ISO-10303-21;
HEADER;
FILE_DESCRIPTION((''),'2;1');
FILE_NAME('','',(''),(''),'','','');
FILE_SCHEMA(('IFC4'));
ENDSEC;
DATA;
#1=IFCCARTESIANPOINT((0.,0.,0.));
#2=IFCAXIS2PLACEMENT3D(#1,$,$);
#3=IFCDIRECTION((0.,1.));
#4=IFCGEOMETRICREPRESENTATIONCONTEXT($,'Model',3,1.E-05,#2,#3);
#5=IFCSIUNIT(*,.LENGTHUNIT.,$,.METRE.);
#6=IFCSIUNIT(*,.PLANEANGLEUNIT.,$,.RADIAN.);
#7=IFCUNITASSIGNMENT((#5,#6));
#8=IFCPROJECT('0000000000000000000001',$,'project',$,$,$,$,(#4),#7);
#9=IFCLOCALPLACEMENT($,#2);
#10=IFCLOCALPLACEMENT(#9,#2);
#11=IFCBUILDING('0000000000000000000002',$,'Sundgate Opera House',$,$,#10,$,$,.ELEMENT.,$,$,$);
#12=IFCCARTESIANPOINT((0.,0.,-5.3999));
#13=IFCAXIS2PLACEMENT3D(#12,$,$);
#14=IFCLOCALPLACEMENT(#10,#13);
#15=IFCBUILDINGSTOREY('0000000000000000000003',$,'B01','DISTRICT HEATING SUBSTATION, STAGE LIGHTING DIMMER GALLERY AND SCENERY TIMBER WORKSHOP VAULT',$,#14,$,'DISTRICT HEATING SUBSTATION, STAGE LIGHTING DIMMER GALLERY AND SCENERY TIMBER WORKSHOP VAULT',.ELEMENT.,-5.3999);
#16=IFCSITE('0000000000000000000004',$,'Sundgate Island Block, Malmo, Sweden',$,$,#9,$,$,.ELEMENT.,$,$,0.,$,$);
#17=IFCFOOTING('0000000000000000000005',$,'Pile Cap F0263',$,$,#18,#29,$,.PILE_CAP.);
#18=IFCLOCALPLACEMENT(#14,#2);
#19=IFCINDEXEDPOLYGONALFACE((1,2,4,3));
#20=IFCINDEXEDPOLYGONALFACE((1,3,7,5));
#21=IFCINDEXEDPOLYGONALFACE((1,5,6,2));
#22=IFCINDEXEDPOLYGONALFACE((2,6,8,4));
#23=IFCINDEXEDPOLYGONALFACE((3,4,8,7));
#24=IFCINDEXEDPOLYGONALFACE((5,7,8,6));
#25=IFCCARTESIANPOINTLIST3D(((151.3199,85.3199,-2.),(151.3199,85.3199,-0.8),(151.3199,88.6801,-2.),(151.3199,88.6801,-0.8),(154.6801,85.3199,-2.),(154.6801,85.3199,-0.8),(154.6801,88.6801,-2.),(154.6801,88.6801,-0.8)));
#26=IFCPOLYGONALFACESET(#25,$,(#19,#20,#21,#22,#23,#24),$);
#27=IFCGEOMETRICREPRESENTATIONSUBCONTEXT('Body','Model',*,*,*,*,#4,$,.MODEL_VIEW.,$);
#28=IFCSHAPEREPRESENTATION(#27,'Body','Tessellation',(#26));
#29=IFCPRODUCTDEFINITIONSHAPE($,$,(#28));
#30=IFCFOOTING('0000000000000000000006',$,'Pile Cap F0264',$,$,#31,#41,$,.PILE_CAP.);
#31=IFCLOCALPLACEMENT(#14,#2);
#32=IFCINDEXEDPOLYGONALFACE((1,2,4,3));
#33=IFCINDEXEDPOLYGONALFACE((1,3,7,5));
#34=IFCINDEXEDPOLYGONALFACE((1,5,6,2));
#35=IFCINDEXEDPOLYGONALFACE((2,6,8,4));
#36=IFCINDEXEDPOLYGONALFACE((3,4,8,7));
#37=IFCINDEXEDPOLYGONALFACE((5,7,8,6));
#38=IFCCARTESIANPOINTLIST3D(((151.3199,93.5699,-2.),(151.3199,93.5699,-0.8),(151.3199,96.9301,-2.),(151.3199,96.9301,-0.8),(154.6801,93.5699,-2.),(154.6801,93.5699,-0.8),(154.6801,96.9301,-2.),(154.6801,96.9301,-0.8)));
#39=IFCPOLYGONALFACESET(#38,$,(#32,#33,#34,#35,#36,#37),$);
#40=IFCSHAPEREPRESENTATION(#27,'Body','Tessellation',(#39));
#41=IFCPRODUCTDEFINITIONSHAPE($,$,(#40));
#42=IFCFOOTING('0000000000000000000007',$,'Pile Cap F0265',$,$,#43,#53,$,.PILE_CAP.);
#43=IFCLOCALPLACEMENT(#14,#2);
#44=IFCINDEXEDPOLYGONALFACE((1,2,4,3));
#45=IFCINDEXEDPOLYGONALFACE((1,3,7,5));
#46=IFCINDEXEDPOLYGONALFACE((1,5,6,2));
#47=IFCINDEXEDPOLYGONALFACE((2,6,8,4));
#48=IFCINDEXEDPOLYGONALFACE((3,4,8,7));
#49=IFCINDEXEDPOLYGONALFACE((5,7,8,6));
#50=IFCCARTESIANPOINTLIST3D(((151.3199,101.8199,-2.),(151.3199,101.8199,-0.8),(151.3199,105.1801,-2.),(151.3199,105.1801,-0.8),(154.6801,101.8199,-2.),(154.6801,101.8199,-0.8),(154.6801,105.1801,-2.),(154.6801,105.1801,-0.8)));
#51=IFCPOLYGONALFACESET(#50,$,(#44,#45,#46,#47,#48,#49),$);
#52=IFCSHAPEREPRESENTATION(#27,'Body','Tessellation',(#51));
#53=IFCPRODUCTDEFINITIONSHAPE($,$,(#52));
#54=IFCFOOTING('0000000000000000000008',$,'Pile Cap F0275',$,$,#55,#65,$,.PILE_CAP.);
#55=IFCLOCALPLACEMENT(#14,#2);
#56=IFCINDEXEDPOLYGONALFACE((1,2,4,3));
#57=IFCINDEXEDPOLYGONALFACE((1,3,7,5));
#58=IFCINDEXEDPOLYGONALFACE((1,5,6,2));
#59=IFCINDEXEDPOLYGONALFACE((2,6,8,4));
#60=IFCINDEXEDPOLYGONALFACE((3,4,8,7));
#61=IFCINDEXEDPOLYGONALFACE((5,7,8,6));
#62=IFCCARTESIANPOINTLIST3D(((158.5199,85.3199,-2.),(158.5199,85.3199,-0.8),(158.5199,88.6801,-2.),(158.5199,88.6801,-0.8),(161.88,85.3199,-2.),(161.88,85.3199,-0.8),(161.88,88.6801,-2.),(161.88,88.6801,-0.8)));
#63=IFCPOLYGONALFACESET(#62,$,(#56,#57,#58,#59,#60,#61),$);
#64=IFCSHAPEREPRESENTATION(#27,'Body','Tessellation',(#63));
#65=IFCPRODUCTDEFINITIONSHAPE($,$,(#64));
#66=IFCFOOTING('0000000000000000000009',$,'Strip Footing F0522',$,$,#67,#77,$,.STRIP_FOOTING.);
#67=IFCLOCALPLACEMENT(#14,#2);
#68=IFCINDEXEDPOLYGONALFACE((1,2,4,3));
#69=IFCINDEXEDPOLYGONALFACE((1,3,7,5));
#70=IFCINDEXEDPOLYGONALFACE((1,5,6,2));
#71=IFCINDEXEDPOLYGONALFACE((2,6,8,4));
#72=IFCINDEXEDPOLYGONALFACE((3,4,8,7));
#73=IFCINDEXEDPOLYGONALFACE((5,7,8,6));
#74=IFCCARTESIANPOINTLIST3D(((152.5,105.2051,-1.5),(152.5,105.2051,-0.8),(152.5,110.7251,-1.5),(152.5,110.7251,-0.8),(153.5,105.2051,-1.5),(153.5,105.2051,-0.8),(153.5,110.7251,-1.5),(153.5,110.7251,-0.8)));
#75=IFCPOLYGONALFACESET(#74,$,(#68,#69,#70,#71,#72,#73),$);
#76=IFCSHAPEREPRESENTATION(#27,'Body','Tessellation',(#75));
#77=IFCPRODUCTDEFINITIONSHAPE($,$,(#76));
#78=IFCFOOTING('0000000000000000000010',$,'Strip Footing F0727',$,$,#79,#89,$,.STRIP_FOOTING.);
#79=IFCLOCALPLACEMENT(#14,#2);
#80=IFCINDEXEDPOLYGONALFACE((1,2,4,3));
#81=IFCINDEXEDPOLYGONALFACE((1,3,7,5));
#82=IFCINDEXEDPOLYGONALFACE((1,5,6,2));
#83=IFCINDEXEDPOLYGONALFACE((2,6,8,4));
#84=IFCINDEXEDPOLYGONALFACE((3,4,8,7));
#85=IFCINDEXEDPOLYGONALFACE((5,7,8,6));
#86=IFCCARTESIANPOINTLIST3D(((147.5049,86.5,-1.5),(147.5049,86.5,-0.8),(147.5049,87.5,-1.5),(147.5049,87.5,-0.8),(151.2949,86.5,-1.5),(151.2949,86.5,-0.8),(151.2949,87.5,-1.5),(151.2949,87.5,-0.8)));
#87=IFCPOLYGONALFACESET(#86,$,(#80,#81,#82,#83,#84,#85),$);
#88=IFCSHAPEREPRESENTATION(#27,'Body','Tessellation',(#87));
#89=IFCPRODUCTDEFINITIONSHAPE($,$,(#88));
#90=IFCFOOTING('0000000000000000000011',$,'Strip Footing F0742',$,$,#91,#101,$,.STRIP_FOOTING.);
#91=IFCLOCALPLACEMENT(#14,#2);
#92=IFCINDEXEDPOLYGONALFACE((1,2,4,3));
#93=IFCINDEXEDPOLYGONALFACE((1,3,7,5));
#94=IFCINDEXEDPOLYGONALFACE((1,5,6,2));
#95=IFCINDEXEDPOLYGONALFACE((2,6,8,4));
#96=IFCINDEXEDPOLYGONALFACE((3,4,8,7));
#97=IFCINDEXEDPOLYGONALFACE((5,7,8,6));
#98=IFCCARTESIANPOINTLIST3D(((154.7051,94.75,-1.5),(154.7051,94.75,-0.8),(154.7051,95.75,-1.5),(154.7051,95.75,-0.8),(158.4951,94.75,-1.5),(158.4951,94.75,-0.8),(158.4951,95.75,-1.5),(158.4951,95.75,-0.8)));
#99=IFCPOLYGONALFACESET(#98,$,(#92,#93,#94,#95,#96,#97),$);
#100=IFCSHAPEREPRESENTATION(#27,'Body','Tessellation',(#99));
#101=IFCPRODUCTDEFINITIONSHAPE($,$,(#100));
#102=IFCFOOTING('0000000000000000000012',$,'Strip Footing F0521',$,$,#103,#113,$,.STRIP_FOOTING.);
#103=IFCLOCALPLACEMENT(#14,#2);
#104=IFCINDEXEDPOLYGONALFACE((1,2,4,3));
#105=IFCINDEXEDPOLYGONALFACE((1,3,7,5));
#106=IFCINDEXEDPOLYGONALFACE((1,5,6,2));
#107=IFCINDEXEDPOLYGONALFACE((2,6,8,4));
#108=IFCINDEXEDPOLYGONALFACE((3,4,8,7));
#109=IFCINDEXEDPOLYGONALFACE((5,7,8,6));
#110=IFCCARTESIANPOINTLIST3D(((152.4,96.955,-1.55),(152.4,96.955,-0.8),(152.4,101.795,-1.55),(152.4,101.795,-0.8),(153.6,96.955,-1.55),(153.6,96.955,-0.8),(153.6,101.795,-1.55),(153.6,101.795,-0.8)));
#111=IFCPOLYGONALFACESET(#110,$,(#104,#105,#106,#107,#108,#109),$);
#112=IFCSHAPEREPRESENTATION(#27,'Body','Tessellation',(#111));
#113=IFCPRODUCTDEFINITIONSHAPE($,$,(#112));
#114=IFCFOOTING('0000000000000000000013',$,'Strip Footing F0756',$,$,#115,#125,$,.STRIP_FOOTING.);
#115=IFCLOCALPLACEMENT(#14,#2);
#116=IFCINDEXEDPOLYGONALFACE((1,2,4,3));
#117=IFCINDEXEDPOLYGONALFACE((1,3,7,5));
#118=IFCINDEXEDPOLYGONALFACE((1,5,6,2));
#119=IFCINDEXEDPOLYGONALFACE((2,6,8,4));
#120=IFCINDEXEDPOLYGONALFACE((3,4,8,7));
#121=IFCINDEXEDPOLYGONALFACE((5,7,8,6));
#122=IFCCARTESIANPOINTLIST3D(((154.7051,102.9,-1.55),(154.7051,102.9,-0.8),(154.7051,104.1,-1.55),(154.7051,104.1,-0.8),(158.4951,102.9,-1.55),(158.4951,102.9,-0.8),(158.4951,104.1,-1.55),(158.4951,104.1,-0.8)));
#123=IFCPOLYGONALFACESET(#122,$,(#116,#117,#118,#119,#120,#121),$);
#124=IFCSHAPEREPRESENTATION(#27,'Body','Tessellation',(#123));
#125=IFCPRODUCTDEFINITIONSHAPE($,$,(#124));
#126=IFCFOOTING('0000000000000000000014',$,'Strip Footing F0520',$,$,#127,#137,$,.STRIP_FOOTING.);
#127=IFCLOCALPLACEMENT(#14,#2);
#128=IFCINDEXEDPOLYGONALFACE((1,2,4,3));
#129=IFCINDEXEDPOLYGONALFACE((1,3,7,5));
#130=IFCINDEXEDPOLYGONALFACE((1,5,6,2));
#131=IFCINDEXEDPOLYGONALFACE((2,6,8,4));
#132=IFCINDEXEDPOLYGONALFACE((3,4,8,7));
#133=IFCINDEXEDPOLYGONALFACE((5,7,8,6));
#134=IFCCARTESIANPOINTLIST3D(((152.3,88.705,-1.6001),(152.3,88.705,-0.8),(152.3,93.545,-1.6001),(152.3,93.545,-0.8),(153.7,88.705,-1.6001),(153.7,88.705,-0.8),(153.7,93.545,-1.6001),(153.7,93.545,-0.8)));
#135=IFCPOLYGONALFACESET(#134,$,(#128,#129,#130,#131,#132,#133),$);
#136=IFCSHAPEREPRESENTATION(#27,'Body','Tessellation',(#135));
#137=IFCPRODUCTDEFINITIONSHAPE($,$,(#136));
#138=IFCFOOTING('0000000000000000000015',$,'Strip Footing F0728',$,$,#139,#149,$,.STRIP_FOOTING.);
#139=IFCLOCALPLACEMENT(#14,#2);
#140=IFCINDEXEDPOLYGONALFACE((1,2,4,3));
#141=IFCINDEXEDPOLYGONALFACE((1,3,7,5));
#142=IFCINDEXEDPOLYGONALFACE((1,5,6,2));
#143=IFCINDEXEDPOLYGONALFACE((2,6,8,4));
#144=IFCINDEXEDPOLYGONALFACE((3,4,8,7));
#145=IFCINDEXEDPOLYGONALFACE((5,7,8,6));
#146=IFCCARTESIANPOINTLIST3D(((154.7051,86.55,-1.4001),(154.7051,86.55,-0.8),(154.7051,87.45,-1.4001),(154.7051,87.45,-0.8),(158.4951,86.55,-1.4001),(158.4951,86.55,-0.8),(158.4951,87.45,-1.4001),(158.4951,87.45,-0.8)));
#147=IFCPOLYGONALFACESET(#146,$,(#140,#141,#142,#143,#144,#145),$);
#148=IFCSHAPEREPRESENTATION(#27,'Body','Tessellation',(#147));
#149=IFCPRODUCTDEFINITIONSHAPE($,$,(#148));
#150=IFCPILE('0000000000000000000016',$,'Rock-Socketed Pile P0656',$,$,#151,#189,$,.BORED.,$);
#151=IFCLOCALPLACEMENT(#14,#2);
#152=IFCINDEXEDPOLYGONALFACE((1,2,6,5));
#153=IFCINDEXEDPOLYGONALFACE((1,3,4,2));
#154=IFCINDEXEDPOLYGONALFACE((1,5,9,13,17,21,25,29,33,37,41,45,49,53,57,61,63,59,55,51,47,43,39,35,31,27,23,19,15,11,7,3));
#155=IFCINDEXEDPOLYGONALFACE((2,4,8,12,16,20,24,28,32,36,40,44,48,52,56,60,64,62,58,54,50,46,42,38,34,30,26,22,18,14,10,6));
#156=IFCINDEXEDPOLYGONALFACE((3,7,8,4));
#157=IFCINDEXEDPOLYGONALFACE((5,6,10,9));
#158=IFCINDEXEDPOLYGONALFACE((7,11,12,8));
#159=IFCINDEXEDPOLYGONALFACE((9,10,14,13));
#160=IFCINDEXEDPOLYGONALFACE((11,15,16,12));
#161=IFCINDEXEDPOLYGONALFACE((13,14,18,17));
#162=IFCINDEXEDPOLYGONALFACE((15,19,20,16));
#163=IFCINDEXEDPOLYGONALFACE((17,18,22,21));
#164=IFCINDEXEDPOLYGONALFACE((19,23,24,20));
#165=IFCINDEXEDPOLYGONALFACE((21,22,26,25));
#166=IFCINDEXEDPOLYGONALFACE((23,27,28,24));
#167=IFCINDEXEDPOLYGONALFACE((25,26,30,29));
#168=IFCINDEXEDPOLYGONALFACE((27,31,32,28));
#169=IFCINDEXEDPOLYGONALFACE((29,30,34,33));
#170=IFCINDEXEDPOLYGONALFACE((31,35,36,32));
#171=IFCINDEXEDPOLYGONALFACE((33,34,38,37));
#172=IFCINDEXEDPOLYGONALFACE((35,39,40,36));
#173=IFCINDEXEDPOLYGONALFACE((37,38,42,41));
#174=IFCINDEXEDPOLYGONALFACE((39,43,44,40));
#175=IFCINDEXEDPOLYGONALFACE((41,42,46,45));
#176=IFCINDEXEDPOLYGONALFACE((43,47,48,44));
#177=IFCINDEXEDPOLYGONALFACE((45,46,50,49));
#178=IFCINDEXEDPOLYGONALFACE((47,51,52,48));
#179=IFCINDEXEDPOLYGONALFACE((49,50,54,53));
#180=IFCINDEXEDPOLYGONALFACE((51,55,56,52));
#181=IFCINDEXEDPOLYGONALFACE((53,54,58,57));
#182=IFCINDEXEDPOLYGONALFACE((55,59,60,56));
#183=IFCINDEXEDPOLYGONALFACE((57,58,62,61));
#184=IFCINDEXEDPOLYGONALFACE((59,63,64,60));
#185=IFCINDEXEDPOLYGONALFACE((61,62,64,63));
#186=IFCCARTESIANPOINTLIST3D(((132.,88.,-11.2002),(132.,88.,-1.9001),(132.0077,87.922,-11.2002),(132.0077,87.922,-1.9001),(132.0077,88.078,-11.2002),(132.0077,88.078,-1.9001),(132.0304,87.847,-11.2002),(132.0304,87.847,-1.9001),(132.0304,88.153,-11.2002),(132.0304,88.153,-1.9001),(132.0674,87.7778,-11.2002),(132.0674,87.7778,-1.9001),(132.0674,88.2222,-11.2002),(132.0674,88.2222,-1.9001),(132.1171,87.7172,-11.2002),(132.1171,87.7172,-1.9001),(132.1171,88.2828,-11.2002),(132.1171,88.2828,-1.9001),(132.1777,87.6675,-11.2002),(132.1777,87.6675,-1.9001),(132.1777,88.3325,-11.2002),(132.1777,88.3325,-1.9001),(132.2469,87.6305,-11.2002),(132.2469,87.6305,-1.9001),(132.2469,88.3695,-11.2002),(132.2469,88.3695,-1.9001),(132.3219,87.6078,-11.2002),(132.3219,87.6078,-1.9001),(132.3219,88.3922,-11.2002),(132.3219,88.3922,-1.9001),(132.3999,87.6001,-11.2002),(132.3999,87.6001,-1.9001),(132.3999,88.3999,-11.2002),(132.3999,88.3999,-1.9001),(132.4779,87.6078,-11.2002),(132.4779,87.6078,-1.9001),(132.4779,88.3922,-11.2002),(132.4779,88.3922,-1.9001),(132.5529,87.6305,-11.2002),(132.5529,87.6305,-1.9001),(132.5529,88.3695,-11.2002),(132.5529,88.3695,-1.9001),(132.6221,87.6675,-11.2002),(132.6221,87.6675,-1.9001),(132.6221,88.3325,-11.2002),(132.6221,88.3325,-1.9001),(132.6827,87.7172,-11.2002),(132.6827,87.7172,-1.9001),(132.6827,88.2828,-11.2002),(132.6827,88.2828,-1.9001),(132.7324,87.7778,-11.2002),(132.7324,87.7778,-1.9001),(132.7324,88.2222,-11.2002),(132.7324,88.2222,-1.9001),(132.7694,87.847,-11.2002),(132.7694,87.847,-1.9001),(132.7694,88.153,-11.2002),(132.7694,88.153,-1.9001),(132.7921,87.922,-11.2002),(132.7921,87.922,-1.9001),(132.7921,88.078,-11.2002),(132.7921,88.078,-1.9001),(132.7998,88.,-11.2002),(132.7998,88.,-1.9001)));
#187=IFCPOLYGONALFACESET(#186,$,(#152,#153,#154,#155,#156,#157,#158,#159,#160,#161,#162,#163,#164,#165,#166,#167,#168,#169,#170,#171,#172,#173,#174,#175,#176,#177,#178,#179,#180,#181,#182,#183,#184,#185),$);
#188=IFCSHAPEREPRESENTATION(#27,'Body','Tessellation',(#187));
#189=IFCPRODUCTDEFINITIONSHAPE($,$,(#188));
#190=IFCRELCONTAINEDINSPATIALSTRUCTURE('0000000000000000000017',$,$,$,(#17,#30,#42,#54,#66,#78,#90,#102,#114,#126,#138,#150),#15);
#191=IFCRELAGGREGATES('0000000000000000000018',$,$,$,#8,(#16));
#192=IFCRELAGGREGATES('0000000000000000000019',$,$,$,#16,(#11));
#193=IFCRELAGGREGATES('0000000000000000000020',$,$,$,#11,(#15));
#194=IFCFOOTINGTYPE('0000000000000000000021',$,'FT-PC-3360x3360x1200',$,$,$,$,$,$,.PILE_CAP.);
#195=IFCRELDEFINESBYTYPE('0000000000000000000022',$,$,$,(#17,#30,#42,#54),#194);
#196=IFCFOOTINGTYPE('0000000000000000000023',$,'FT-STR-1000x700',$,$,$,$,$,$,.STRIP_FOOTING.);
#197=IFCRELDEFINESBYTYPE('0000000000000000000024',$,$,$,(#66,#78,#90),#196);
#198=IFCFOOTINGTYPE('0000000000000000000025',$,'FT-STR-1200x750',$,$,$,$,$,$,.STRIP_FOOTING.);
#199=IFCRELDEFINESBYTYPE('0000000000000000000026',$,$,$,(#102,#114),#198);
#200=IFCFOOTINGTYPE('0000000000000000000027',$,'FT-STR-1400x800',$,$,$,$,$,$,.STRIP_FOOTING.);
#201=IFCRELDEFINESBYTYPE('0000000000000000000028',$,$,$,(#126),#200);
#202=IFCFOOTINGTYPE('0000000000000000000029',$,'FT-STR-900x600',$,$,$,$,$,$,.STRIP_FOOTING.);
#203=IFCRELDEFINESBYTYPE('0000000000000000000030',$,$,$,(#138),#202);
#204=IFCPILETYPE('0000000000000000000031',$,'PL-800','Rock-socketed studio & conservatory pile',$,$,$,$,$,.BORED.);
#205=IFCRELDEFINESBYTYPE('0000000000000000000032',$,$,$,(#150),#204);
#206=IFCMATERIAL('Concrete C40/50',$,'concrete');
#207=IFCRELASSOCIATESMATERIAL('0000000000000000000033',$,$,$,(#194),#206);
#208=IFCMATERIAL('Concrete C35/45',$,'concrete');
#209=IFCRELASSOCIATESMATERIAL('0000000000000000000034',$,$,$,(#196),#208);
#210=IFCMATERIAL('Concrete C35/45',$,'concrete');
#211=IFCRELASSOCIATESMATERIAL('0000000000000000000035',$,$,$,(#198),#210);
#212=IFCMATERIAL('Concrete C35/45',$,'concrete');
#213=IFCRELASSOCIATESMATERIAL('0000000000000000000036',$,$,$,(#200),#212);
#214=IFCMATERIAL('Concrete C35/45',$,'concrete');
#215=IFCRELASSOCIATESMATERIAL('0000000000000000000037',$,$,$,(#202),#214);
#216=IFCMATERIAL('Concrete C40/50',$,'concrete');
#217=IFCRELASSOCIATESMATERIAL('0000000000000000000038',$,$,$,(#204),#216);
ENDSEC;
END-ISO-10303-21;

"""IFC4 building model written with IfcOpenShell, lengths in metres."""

from ifc_helpers import new_model, si_unit, direction, frame, origin, origin_2d, place, context, subcontext, project, spatial, rectangle, circle, extrude, material, material_profile, profile_set, type_object, element, save


model = new_model("IFC4")

# Units and contexts
model_context = context("Model", 3, precision=1e-05, world=origin(), true_north=direction((0.0, 1.0)))
body_context = subcontext(model_context, "Body", "Model", "MODEL_VIEW")
ifc_project = project(units=[si_unit("LENGTHUNIT", "METRE"), si_unit("PLANEANGLEUNIT", "RADIAN")], contexts=[model_context])

# Site, building, storey
site_placement = place(None, origin())
site = spatial("IfcSite", under=ifc_project, at=site_placement, Name="Sundgate Island Block, Malmo, Sweden", CompositionType="ELEMENT", RefElevation=0.0)
building_placement = place(site_placement, origin())
building = spatial("IfcBuilding", under=site, at=building_placement, Name="Sundgate Opera House", CompositionType="ELEMENT")
storey_placement = place(building_placement, frame((0.0, 0.0, -5.3999)))
storey = spatial("IfcBuildingStorey", under=building, at=storey_placement, Name="B01", Description="DISTRICT HEATING SUBSTATION, STAGE LIGHTING DIMMER GALLERY AND SCENERY TIMBER WORKSHOP VAULT", LongName="DISTRICT HEATING SUBSTATION, STAGE LIGHTING DIMMER GALLERY AND SCENERY TIMBER WORKSHOP VAULT", CompositionType="ELEMENT", Elevation=-5.3999)

# Footings
ifc_material_1 = material(Name="Concrete C40/50", Category="concrete")
footing_type_1 = type_object("IfcFootingType", Name="FT-PC-3360x3360x1200", PredefinedType="PILE_CAP", material=ifc_material_1)
for number, where, z_axis, x_axis, name in (
    (1, (153.0, 87.0, -2.0), (0.0, 0.0, 1.0), (1.0, 0.0, 0.0), "Pile Cap F0263"),
    (2, (153.0, 95.25, -2.0), (0.0, 0.0, 1.0), (1.0, 0.0, 0.0), "Pile Cap F0264"),
    (3, (153.0, 103.5, -2.0), (0.0, 0.0, 1.0), (1.0, 0.0, 0.0), "Pile Cap F0265"),
    (4, (160.2, 87.0, -2.0), (0.0, 0.0, 1.0), (1.0, 0.0, 0.0), "Pile Cap F0275"),
):
    element("IfcFooting", number, at=place(storey_placement, frame(where, z_axis=z_axis, x_axis=x_axis)), inside=storey, type_object=footing_type_1, Name=name, PredefinedType="PILE_CAP", context=body_context, shape_type="SweptSolid", body=[
        extrude(rectangle(XDim=3.3601, YDim=3.3601, at=origin_2d()), origin(), (0.0, 0.0, 1.0), 1.2),
    ])
ifc_material_2 = material(Name="Concrete C35/45", Category="concrete")
footing_type_2 = type_object("IfcFootingType", Name="FT-STR-1000x700", PredefinedType="STRIP_FOOTING", material=ifc_material_2)
footing_1_placement = place(storey_placement, frame((153.0, 107.9651, -1.5), z_axis=(0.0, 0.0, 1.0), x_axis=(1.0, 0.0, 0.0)))
element("IfcFooting", 5, at=footing_1_placement, inside=storey, type_object=footing_type_2, Name="Strip Footing F0522", PredefinedType="STRIP_FOOTING", context=body_context, shape_type="SweptSolid", body=[
    extrude(rectangle(XDim=1.0, YDim=5.52, at=origin_2d()), origin(), (0.0, 0.0, 1.0), 0.7),
])
for number, where, z_axis, x_axis, name in (
    (6, (149.3999, 87.0, -1.5), (0.0, 0.0, 1.0), (1.0, 0.0, 0.0), "Strip Footing F0727"),
    (7, (156.6001, 95.25, -1.5), (0.0, 0.0, 1.0), (1.0, 0.0, 0.0), "Strip Footing F0742"),
):
    element("IfcFooting", number, at=place(storey_placement, frame(where, z_axis=z_axis, x_axis=x_axis)), inside=storey, type_object=footing_type_2, Name=name, PredefinedType="STRIP_FOOTING", context=body_context, shape_type="SweptSolid", body=[
        extrude(rectangle(XDim=3.79, YDim=1.0, at=origin_2d()), origin(), (0.0, 0.0, 1.0), 0.7),
    ])
ifc_material_3 = material(Name="Concrete C35/45", Category="concrete")
footing_type_3 = type_object("IfcFootingType", Name="FT-STR-1200x750", PredefinedType="STRIP_FOOTING", material=ifc_material_3)
footing_2_placement = place(storey_placement, frame((153.0, 99.375, -1.55), z_axis=(0.0, 0.0, 1.0), x_axis=(1.0, 0.0, 0.0)))
element("IfcFooting", 8, at=footing_2_placement, inside=storey, type_object=footing_type_3, Name="Strip Footing F0521", PredefinedType="STRIP_FOOTING", context=body_context, shape_type="SweptSolid", body=[
    extrude(rectangle(XDim=1.2, YDim=4.8401, at=origin_2d()), origin(), (0.0, 0.0, 1.0), 0.75),
])
footing_3_placement = place(storey_placement, frame((156.6001, 103.5, -1.55), z_axis=(0.0, 0.0, 1.0), x_axis=(1.0, 0.0, 0.0)))
element("IfcFooting", 9, at=footing_3_placement, inside=storey, type_object=footing_type_3, Name="Strip Footing F0756", PredefinedType="STRIP_FOOTING", context=body_context, shape_type="SweptSolid", body=[
    extrude(rectangle(XDim=3.79, YDim=1.2, at=origin_2d()), origin(), (0.0, 0.0, 1.0), 0.75),
])
ifc_material_4 = material(Name="Concrete C35/45", Category="concrete")
footing_type_4 = type_object("IfcFootingType", Name="FT-STR-1400x800", PredefinedType="STRIP_FOOTING", material=ifc_material_4)
footing_4_placement = place(storey_placement, frame((153.0, 91.125, -1.6001), z_axis=(0.0, 0.0, 1.0), x_axis=(1.0, 0.0, 0.0)))
element("IfcFooting", 10, at=footing_4_placement, inside=storey, type_object=footing_type_4, Name="Strip Footing F0520", PredefinedType="STRIP_FOOTING", context=body_context, shape_type="SweptSolid", body=[
    extrude(rectangle(XDim=1.3999, YDim=4.8401, at=origin_2d()), origin(), (0.0, 0.0, 1.0), 0.8),
])
ifc_material_5 = material(Name="Concrete C35/45", Category="concrete")
footing_type_5 = type_object("IfcFootingType", Name="FT-STR-900x600", PredefinedType="STRIP_FOOTING", material=ifc_material_5)
footing_5_placement = place(storey_placement, frame((156.6001, 87.0, -1.4001), z_axis=(0.0, 0.0, 1.0), x_axis=(1.0, 0.0, 0.0)))
element("IfcFooting", 11, at=footing_5_placement, inside=storey, type_object=footing_type_5, Name="Strip Footing F0728", PredefinedType="STRIP_FOOTING", context=body_context, shape_type="SweptSolid", body=[
    extrude(rectangle(XDim=3.79, YDim=0.8999, at=origin_2d()), origin(), (0.0, 0.0, 1.0), 0.6001),
])

# Pile
ifc_material_6 = material(Name="Concrete C40/50", Category="concrete")
ifc_material_profile_1 = material_profile(ifc_material_6, circle(Radius=0.3999, at=origin_2d()), Name="PILE D800")
ifc_profile_set_1 = profile_set([ifc_material_profile_1], Name="Concrete C40/50")
pile_type = type_object("IfcPileType", Name="PL-800", Description="Rock-socketed studio & conservatory pile", PredefinedType="BORED", material=ifc_profile_set_1)
pile_1_placement = place(storey_placement, frame((132.3999, 88.0, -1.9001), z_axis=(0.0, 0.0, -1.0), x_axis=(1.0, 0.0, 0.0)))
element("IfcPile", 12, at=pile_1_placement, inside=storey, type_object=pile_type, Name="Rock-Socketed Pile P0656", PredefinedType="BORED", context=body_context, shape_type="SweptSolid", body=[
    extrude(circle(Radius=0.3999, at=origin_2d()), origin(), (0.0, 0.0, 1.0), 9.3),
])

save(model, "model.ifc")
